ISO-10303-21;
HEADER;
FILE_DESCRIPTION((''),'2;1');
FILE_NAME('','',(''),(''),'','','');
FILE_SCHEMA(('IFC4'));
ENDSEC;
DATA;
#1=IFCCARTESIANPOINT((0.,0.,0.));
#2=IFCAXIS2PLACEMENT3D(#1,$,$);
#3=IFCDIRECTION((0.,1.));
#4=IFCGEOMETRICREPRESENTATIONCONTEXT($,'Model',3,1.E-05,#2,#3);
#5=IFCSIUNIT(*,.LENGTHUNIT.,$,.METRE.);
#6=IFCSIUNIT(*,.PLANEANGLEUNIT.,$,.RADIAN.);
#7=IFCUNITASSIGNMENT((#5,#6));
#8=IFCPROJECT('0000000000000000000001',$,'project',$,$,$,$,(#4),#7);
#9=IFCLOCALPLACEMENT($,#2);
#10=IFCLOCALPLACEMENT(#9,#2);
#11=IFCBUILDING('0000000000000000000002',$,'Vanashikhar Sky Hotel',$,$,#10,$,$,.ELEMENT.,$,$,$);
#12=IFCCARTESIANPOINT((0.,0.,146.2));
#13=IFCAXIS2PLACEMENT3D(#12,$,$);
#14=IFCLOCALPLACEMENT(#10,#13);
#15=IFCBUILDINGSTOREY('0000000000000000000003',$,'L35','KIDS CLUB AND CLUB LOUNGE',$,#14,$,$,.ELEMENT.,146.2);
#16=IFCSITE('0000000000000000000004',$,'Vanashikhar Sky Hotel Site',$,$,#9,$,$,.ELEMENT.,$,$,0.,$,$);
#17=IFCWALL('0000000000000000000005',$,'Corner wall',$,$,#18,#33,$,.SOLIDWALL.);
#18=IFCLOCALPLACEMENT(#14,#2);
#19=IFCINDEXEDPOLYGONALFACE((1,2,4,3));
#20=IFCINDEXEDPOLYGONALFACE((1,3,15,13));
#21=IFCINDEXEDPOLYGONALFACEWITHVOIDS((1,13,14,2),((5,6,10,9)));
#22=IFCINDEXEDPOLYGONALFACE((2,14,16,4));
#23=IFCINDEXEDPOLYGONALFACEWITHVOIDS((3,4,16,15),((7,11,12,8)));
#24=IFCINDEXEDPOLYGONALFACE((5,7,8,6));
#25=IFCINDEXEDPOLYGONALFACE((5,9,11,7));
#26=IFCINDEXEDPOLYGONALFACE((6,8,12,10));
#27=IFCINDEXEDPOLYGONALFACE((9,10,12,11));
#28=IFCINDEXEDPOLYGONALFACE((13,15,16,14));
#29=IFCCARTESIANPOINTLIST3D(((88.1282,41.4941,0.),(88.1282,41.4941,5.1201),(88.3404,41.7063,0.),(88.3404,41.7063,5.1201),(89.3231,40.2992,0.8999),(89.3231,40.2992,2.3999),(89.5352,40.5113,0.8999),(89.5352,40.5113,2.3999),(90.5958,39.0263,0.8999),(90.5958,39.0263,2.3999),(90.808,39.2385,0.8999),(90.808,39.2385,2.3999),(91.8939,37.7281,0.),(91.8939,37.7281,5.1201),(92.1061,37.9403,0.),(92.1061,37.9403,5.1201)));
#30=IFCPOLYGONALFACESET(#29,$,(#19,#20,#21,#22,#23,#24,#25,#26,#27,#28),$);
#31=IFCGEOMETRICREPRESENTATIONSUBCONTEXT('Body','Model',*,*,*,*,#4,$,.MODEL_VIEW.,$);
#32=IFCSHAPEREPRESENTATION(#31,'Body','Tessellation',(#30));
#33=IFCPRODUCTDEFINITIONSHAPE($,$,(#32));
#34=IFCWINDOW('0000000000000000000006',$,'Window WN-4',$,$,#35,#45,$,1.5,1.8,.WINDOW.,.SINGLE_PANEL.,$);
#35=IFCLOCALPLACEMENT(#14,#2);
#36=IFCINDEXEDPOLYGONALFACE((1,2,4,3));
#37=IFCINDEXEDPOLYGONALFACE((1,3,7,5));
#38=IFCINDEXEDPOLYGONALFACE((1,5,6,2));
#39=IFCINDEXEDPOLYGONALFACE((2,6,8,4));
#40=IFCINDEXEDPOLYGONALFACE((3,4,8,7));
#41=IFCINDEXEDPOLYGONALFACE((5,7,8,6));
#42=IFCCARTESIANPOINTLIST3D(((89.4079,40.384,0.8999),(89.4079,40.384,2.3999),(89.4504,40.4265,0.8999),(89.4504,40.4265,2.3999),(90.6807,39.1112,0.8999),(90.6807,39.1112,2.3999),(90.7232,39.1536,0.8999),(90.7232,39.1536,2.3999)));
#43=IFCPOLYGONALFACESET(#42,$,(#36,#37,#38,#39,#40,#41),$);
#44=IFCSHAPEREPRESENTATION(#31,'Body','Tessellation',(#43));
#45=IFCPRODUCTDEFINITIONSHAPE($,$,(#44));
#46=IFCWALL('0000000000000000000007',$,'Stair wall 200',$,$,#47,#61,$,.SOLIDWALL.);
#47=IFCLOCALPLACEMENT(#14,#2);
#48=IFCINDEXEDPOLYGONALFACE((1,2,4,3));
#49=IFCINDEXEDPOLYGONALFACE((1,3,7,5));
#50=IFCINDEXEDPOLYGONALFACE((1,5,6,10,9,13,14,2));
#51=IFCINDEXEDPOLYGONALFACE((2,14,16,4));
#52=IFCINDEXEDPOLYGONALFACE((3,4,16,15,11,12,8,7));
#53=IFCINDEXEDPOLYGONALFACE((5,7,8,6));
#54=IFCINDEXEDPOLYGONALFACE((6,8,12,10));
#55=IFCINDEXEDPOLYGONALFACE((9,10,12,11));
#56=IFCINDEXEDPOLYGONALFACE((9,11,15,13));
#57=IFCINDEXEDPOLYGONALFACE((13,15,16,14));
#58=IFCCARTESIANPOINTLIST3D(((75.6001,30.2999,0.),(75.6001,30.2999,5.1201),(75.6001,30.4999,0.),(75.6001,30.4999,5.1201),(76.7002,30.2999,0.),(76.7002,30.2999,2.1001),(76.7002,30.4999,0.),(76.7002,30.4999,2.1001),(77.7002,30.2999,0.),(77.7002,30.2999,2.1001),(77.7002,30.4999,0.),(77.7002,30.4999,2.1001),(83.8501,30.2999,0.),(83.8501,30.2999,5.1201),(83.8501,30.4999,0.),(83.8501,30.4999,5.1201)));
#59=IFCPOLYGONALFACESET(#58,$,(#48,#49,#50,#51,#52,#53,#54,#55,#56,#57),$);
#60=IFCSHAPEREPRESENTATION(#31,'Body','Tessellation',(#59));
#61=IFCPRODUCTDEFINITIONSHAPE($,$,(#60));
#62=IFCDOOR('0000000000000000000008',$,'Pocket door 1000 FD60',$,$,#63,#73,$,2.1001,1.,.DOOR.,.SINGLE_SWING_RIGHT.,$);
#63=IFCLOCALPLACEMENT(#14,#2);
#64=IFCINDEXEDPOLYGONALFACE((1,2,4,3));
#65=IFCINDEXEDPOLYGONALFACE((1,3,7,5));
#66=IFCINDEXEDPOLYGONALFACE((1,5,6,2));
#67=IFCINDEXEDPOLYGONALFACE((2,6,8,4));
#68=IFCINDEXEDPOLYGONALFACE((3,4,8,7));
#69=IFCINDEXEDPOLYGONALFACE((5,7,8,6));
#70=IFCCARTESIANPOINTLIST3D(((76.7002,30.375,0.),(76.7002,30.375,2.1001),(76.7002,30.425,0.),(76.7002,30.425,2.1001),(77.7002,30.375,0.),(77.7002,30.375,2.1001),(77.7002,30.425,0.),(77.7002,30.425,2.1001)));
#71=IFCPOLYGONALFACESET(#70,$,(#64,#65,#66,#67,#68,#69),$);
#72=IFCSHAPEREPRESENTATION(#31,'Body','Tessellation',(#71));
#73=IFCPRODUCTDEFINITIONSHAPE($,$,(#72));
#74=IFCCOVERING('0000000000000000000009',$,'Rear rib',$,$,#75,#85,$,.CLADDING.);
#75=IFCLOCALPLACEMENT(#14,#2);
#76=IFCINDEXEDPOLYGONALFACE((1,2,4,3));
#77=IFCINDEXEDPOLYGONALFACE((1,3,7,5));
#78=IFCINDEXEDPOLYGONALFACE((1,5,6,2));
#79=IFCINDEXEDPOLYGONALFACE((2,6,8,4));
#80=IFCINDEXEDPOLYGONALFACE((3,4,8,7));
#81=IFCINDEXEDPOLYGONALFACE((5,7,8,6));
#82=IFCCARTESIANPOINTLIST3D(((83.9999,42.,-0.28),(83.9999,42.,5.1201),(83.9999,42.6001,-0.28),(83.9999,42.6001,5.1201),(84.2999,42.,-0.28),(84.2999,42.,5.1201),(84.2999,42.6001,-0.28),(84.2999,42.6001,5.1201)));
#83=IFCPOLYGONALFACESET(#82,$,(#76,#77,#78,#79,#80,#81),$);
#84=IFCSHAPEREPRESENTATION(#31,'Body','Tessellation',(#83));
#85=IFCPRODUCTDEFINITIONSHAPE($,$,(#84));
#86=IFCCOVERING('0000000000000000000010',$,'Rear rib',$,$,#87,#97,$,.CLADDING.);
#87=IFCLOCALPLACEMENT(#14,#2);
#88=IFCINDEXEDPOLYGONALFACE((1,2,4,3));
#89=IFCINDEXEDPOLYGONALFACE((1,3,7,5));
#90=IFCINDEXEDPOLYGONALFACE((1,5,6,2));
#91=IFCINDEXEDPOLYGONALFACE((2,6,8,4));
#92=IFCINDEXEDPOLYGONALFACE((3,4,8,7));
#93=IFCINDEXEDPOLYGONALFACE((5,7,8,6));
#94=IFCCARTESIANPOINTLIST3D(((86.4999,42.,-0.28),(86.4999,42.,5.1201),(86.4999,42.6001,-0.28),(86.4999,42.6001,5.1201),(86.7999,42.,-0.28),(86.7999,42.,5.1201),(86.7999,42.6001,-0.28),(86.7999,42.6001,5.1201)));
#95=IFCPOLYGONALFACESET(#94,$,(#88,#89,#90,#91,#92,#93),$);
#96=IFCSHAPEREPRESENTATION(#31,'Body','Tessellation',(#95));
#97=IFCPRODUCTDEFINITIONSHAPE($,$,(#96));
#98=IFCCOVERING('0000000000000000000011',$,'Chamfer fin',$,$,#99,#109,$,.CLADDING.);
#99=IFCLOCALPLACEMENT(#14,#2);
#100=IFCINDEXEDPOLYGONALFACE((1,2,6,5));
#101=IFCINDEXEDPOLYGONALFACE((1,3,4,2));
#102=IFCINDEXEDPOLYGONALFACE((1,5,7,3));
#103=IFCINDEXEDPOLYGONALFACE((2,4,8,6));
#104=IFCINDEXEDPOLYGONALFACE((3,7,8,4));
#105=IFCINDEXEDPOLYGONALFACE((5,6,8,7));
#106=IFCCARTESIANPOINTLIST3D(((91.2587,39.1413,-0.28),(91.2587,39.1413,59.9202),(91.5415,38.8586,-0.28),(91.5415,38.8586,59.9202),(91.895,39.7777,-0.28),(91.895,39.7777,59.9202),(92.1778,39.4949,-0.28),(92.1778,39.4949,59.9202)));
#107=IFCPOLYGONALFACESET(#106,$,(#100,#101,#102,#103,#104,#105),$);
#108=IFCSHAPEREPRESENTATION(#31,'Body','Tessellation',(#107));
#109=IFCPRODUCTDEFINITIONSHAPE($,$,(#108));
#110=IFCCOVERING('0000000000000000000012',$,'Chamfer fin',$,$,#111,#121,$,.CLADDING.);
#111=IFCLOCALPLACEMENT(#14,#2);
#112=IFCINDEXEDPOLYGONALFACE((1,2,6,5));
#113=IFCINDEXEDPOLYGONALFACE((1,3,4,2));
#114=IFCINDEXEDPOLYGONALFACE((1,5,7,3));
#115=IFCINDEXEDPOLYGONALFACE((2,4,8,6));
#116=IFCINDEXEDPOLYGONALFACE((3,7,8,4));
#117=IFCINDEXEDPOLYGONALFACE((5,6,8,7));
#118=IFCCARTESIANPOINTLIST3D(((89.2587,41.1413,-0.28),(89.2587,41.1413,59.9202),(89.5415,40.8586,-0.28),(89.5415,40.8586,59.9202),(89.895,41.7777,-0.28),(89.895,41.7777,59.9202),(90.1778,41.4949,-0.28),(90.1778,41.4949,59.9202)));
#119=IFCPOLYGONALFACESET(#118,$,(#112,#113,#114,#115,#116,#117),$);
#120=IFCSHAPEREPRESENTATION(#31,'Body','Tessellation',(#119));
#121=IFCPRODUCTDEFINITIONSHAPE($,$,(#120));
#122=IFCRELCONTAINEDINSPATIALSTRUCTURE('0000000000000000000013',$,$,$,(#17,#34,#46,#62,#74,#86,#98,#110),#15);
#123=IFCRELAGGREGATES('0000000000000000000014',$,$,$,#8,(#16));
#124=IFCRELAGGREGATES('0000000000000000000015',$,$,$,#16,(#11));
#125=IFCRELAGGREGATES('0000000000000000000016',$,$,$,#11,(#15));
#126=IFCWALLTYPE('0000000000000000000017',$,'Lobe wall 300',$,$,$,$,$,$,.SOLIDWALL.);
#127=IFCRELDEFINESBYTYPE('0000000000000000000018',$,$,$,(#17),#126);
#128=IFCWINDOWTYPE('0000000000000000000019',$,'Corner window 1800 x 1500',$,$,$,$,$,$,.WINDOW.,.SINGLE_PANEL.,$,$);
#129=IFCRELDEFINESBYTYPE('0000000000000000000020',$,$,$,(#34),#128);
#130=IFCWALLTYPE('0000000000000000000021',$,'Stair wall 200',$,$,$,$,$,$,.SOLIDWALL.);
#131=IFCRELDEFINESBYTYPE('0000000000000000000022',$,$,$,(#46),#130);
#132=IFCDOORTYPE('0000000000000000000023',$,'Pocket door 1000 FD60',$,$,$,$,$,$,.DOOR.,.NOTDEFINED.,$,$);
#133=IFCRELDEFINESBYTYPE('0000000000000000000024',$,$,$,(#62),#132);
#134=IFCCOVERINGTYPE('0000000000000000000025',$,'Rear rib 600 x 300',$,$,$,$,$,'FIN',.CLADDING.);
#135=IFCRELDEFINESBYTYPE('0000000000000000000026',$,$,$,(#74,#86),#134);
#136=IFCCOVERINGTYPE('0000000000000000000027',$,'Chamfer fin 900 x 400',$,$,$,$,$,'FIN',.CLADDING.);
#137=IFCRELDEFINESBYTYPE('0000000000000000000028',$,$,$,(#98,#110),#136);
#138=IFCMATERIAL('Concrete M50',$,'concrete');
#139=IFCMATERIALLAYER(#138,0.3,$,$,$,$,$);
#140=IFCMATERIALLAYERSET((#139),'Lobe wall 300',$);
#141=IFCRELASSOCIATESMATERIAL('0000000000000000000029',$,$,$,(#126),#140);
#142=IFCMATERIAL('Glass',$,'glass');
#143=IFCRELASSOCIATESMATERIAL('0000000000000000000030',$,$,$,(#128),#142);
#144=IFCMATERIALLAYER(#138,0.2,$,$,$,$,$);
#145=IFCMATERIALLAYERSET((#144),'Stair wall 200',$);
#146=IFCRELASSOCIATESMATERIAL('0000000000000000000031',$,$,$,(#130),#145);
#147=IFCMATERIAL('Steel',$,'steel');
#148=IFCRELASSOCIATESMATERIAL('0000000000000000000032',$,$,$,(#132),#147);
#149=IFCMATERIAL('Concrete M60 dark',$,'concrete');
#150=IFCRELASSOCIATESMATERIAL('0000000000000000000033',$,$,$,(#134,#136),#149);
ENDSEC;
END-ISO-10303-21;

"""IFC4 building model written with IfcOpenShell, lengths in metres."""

from ifc_helpers import new_model, si_unit, direction, frame, frame_2d, origin, origin_2d, place, context, subcontext, project, spatial, rectangle, extrude, source, transform, mapped, material, layer, layer_set, material_profile, profile_set, type_object, element, fill, save


model = new_model("IFC4")

# Units and contexts
model_context = context("Model", 3, precision=1e-05, world=origin(), true_north=direction((0.0, 1.0)))
body_context = subcontext(model_context, "Body", "Model", "MODEL_VIEW")
ifc_project = project(units=[si_unit("LENGTHUNIT", "METRE"), si_unit("PLANEANGLEUNIT", "RADIAN")], contexts=[model_context])

# Site, building, storey
site_placement = place(None, origin())
site = spatial("IfcSite", under=ifc_project, at=site_placement, Name="Vanashikhar Sky Hotel Site", CompositionType="ELEMENT", RefElevation=0.0)
building_placement = place(site_placement, origin())
building = spatial("IfcBuilding", under=site, at=building_placement, Name="Vanashikhar Sky Hotel", CompositionType="ELEMENT")
storey_placement = place(building_placement, frame((0.0, 0.0, 146.2)))
storey = spatial("IfcBuildingStorey", under=building, at=storey_placement, Name="L35", Description="KIDS CLUB AND CLUB LOUNGE", CompositionType="ELEMENT", Elevation=146.2)

# Shared definitions
ifc_material_1 = material(Name="Concrete M50", Category="concrete")

# Shared definitions
ifc_material_2 = material(Name="Glass", Category="glass")

# Wall, opening, window
ifc_layer_1 = layer(ifc_material_1, 0.3)
ifc_layer_set_1 = layer_set([ifc_layer_1], Name="Lobe wall 300")
wall_type_1 = type_object("IfcWallType", Name="Lobe wall 300", PredefinedType="SOLIDWALL", material=ifc_layer_set_1)
shared_shape_1 = source(origin(), body_context, "Body", "SweptSolid", [
    extrude(rectangle(XDim=5.3257, YDim=0.3, at=frame_2d((2.6628, 0.0))), origin(), (0.0, 0.0, 1.0), 5.1201),
])
wall_1_placement = place(storey_placement, frame((92.0, 37.8342, 0.0), z_axis=(0.0, 0.0, 1.0), x_axis=(-0.707084, 0.70713, 0.0)))
wall_1 = element("IfcWall", 1, at=wall_1_placement, inside=storey, type_object=wall_type_1, Name="Corner wall", PredefinedType="SOLIDWALL", context=body_context, shape_type="MappedRepresentation", body=[
    mapped(shared_shape_1, transform((0.0, 0.0, 0.0), scale=1.0)),
])
shared_shape_2 = source(origin(), body_context, "Body", "SweptSolid", [
    extrude(rectangle(XDim=1.8, YDim=1.5, at=frame_2d((0.8999, 0.75))), frame((0.0, 0.1602, 0.0), z_axis=(0.0, -1.0, 0.0), x_axis=(1.0, 0.0, 0.0)), (0.0, 0.0, 1.0), 0.3201),
])
opening_1_placement = place(wall_1_placement, frame((1.8359, 0.0, 0.8999)))
opening_1 = element("IfcOpeningElement", 2, at=opening_1_placement, cuts=wall_1, PredefinedType="OPENING", context=body_context, shape_type="MappedRepresentation", body=[
    mapped(shared_shape_2, transform((0.0, 0.0, 0.0), scale=1.0)),
])
window_type = type_object("IfcWindowType", Name="Corner window 1800 x 1500", PartitioningType="SINGLE_PANEL", PredefinedType="WINDOW", material=ifc_material_2)
shared_shape_3 = source(origin(), body_context, "Body", "SweptSolid", [
    extrude(rectangle(XDim=1.8, YDim=1.5, at=frame_2d((0.8999, 0.75))), frame((0.0, 0.03, 0.0), z_axis=(0.0, -1.0, 0.0), x_axis=(1.0, 0.0, 0.0)), (0.0, 0.0, 1.0), 0.0601),
])
window_placement = place(opening_1_placement, origin())
window = element("IfcWindow", 3, at=window_placement, inside=storey, type_object=window_type, Name="Window WN-4", OverallHeight=1.5, OverallWidth=1.8, PartitioningType="SINGLE_PANEL", PredefinedType="WINDOW", context=body_context, shape_type="MappedRepresentation", body=[
    mapped(shared_shape_3, transform((0.0, 0.0, 0.0), scale=1.0)),
])
fill(opening_1, window)

# Wall, opening, door
ifc_layer_2 = layer(ifc_material_1, 0.2)
ifc_layer_set_2 = layer_set([ifc_layer_2], Name="Stair wall 200")
wall_type_2 = type_object("IfcWallType", Name="Stair wall 200", PredefinedType="SOLIDWALL", material=ifc_layer_set_2)
shared_shape_4 = source(origin(), body_context, "Body", "SweptSolid", [
    extrude(rectangle(XDim=8.25, YDim=0.2, at=frame_2d((4.125, 0.0))), origin(), (0.0, 0.0, 1.0), 5.1201),
])
wall_2_placement = place(storey_placement, frame((83.8501, 30.3999, 0.0), z_axis=(0.0, 0.0, 1.0), x_axis=(-1.0, 0.0, 0.0)))
wall_2 = element("IfcWall", 4, at=wall_2_placement, inside=storey, type_object=wall_type_2, Name="Stair wall 200", PredefinedType="SOLIDWALL", context=body_context, shape_type="MappedRepresentation", body=[
    mapped(shared_shape_4, transform((0.0, 0.0, 0.0), scale=1.0)),
])
shared_shape_5 = source(origin(), body_context, "Body", "SweptSolid", [
    extrude(rectangle(XDim=1.0, YDim=2.1001, at=frame_2d((0.5, 1.05))), frame((0.0, 0.1099, 0.0), z_axis=(0.0, -1.0, 0.0), x_axis=(1.0, 0.0, 0.0)), (0.0, 0.0, 1.0), 0.22),
])
opening_2_placement = place(wall_2_placement, frame((6.1499, 0.0, 0.0)))
opening_2 = element("IfcOpeningElement", 5, at=opening_2_placement, cuts=wall_2, PredefinedType="OPENING", context=body_context, shape_type="MappedRepresentation", body=[
    mapped(shared_shape_5, transform((0.0, 0.0, 0.0), scale=1.0)),
])
ifc_material_3 = material(Name="Steel", Category="steel")
door_type = type_object("IfcDoorType", Name="Pocket door 1000 FD60", OperationType="NOTDEFINED", PredefinedType="DOOR", material=ifc_material_3)
shared_shape_6 = source(origin(), body_context, "Body", "SweptSolid", [
    extrude(rectangle(XDim=1.0, YDim=2.1001, at=frame_2d((0.5, 1.05))), frame((0.0, 0.0249, 0.0), z_axis=(0.0, -1.0, 0.0), x_axis=(1.0, 0.0, 0.0)), (0.0, 0.0, 1.0), 0.05),
])
door_placement = place(opening_2_placement, origin())
door = element("IfcDoor", 6, at=door_placement, inside=storey, type_object=door_type, Name="Pocket door 1000 FD60", OperationType="SINGLE_SWING_RIGHT", OverallHeight=2.1001, OverallWidth=1.0, PredefinedType="DOOR", context=body_context, shape_type="MappedRepresentation", body=[
    mapped(shared_shape_6, transform((0.0, 0.0, 0.0), scale=1.0)),
])
fill(opening_2, door)

# Coverings
ifc_material_4 = material(Name="Concrete M60 dark", Category="concrete")
ifc_material_profile_1 = material_profile(ifc_material_4, rectangle(XDim=0.6001, YDim=0.3, at=origin_2d()))
ifc_profile_set_1 = profile_set([ifc_material_profile_1], Name="Rear rib 600 x 300")
covering_type_1 = type_object("IfcCoveringType", Name="Rear rib 600 x 300", ElementType="FIN", PredefinedType="CLADDING", material=ifc_profile_set_1)
shared_shape_7 = source(origin(), body_context, "Body", "SweptSolid", [
    extrude(rectangle(XDim=0.6001, YDim=0.3, at=origin_2d()), origin(), (0.0, 0.0, 1.0), 5.4001),
])
for number, where, z_axis, x_axis, name in (
    (7, (84.1499, 42.3, -0.28), (0.0, 0.0, 1.0), (0.0, 1.0, 0.0), "Rear rib"),
    (8, (86.6499, 42.3, -0.28), (0.0, 0.0, 1.0), (0.0, 1.0, 0.0), "Rear rib"),
):
    element("IfcCovering", number, at=place(storey_placement, frame(where, z_axis=z_axis, x_axis=x_axis)), inside=storey, type_object=covering_type_1, Name=name, PredefinedType="CLADDING", context=body_context, shape_type="MappedRepresentation", body=[
        mapped(shared_shape_7, transform((0.0, 0.0, 0.0), scale=1.0)),
    ])
ifc_material_profile_2 = material_profile(ifc_material_4, rectangle(XDim=0.8999, YDim=0.3999, at=origin_2d()))
ifc_profile_set_2 = profile_set([ifc_material_profile_2], Name="Chamfer fin 900 x 400")
covering_type_2 = type_object("IfcCoveringType", Name="Chamfer fin 900 x 400", ElementType="FIN", PredefinedType="CLADDING", material=ifc_profile_set_2)
shared_shape_8 = source(origin(), body_context, "Body", "SweptSolid", [
    extrude(rectangle(XDim=0.8999, YDim=0.3999, at=origin_2d()), origin(), (0.0, 0.0, 1.0), 60.2002),
])
for number, where, z_axis, x_axis, name in (
    (9, (91.7183, 39.3181, -0.28), (0.0, 0.0, 1.0), (0.707107, 0.707107, 0.0), "Chamfer fin"),
    (10, (89.7183, 41.3181, -0.28), (0.0, 0.0, 1.0), (0.707107, 0.707107, 0.0), "Chamfer fin"),
):
    element("IfcCovering", number, at=place(storey_placement, frame(where, z_axis=z_axis, x_axis=x_axis)), inside=storey, type_object=covering_type_2, Name=name, PredefinedType="CLADDING", context=body_context, shape_type="MappedRepresentation", body=[
        mapped(shared_shape_8, transform((0.0, 0.0, 0.0), scale=1.0)),
    ])

save(model, "model.ifc")
